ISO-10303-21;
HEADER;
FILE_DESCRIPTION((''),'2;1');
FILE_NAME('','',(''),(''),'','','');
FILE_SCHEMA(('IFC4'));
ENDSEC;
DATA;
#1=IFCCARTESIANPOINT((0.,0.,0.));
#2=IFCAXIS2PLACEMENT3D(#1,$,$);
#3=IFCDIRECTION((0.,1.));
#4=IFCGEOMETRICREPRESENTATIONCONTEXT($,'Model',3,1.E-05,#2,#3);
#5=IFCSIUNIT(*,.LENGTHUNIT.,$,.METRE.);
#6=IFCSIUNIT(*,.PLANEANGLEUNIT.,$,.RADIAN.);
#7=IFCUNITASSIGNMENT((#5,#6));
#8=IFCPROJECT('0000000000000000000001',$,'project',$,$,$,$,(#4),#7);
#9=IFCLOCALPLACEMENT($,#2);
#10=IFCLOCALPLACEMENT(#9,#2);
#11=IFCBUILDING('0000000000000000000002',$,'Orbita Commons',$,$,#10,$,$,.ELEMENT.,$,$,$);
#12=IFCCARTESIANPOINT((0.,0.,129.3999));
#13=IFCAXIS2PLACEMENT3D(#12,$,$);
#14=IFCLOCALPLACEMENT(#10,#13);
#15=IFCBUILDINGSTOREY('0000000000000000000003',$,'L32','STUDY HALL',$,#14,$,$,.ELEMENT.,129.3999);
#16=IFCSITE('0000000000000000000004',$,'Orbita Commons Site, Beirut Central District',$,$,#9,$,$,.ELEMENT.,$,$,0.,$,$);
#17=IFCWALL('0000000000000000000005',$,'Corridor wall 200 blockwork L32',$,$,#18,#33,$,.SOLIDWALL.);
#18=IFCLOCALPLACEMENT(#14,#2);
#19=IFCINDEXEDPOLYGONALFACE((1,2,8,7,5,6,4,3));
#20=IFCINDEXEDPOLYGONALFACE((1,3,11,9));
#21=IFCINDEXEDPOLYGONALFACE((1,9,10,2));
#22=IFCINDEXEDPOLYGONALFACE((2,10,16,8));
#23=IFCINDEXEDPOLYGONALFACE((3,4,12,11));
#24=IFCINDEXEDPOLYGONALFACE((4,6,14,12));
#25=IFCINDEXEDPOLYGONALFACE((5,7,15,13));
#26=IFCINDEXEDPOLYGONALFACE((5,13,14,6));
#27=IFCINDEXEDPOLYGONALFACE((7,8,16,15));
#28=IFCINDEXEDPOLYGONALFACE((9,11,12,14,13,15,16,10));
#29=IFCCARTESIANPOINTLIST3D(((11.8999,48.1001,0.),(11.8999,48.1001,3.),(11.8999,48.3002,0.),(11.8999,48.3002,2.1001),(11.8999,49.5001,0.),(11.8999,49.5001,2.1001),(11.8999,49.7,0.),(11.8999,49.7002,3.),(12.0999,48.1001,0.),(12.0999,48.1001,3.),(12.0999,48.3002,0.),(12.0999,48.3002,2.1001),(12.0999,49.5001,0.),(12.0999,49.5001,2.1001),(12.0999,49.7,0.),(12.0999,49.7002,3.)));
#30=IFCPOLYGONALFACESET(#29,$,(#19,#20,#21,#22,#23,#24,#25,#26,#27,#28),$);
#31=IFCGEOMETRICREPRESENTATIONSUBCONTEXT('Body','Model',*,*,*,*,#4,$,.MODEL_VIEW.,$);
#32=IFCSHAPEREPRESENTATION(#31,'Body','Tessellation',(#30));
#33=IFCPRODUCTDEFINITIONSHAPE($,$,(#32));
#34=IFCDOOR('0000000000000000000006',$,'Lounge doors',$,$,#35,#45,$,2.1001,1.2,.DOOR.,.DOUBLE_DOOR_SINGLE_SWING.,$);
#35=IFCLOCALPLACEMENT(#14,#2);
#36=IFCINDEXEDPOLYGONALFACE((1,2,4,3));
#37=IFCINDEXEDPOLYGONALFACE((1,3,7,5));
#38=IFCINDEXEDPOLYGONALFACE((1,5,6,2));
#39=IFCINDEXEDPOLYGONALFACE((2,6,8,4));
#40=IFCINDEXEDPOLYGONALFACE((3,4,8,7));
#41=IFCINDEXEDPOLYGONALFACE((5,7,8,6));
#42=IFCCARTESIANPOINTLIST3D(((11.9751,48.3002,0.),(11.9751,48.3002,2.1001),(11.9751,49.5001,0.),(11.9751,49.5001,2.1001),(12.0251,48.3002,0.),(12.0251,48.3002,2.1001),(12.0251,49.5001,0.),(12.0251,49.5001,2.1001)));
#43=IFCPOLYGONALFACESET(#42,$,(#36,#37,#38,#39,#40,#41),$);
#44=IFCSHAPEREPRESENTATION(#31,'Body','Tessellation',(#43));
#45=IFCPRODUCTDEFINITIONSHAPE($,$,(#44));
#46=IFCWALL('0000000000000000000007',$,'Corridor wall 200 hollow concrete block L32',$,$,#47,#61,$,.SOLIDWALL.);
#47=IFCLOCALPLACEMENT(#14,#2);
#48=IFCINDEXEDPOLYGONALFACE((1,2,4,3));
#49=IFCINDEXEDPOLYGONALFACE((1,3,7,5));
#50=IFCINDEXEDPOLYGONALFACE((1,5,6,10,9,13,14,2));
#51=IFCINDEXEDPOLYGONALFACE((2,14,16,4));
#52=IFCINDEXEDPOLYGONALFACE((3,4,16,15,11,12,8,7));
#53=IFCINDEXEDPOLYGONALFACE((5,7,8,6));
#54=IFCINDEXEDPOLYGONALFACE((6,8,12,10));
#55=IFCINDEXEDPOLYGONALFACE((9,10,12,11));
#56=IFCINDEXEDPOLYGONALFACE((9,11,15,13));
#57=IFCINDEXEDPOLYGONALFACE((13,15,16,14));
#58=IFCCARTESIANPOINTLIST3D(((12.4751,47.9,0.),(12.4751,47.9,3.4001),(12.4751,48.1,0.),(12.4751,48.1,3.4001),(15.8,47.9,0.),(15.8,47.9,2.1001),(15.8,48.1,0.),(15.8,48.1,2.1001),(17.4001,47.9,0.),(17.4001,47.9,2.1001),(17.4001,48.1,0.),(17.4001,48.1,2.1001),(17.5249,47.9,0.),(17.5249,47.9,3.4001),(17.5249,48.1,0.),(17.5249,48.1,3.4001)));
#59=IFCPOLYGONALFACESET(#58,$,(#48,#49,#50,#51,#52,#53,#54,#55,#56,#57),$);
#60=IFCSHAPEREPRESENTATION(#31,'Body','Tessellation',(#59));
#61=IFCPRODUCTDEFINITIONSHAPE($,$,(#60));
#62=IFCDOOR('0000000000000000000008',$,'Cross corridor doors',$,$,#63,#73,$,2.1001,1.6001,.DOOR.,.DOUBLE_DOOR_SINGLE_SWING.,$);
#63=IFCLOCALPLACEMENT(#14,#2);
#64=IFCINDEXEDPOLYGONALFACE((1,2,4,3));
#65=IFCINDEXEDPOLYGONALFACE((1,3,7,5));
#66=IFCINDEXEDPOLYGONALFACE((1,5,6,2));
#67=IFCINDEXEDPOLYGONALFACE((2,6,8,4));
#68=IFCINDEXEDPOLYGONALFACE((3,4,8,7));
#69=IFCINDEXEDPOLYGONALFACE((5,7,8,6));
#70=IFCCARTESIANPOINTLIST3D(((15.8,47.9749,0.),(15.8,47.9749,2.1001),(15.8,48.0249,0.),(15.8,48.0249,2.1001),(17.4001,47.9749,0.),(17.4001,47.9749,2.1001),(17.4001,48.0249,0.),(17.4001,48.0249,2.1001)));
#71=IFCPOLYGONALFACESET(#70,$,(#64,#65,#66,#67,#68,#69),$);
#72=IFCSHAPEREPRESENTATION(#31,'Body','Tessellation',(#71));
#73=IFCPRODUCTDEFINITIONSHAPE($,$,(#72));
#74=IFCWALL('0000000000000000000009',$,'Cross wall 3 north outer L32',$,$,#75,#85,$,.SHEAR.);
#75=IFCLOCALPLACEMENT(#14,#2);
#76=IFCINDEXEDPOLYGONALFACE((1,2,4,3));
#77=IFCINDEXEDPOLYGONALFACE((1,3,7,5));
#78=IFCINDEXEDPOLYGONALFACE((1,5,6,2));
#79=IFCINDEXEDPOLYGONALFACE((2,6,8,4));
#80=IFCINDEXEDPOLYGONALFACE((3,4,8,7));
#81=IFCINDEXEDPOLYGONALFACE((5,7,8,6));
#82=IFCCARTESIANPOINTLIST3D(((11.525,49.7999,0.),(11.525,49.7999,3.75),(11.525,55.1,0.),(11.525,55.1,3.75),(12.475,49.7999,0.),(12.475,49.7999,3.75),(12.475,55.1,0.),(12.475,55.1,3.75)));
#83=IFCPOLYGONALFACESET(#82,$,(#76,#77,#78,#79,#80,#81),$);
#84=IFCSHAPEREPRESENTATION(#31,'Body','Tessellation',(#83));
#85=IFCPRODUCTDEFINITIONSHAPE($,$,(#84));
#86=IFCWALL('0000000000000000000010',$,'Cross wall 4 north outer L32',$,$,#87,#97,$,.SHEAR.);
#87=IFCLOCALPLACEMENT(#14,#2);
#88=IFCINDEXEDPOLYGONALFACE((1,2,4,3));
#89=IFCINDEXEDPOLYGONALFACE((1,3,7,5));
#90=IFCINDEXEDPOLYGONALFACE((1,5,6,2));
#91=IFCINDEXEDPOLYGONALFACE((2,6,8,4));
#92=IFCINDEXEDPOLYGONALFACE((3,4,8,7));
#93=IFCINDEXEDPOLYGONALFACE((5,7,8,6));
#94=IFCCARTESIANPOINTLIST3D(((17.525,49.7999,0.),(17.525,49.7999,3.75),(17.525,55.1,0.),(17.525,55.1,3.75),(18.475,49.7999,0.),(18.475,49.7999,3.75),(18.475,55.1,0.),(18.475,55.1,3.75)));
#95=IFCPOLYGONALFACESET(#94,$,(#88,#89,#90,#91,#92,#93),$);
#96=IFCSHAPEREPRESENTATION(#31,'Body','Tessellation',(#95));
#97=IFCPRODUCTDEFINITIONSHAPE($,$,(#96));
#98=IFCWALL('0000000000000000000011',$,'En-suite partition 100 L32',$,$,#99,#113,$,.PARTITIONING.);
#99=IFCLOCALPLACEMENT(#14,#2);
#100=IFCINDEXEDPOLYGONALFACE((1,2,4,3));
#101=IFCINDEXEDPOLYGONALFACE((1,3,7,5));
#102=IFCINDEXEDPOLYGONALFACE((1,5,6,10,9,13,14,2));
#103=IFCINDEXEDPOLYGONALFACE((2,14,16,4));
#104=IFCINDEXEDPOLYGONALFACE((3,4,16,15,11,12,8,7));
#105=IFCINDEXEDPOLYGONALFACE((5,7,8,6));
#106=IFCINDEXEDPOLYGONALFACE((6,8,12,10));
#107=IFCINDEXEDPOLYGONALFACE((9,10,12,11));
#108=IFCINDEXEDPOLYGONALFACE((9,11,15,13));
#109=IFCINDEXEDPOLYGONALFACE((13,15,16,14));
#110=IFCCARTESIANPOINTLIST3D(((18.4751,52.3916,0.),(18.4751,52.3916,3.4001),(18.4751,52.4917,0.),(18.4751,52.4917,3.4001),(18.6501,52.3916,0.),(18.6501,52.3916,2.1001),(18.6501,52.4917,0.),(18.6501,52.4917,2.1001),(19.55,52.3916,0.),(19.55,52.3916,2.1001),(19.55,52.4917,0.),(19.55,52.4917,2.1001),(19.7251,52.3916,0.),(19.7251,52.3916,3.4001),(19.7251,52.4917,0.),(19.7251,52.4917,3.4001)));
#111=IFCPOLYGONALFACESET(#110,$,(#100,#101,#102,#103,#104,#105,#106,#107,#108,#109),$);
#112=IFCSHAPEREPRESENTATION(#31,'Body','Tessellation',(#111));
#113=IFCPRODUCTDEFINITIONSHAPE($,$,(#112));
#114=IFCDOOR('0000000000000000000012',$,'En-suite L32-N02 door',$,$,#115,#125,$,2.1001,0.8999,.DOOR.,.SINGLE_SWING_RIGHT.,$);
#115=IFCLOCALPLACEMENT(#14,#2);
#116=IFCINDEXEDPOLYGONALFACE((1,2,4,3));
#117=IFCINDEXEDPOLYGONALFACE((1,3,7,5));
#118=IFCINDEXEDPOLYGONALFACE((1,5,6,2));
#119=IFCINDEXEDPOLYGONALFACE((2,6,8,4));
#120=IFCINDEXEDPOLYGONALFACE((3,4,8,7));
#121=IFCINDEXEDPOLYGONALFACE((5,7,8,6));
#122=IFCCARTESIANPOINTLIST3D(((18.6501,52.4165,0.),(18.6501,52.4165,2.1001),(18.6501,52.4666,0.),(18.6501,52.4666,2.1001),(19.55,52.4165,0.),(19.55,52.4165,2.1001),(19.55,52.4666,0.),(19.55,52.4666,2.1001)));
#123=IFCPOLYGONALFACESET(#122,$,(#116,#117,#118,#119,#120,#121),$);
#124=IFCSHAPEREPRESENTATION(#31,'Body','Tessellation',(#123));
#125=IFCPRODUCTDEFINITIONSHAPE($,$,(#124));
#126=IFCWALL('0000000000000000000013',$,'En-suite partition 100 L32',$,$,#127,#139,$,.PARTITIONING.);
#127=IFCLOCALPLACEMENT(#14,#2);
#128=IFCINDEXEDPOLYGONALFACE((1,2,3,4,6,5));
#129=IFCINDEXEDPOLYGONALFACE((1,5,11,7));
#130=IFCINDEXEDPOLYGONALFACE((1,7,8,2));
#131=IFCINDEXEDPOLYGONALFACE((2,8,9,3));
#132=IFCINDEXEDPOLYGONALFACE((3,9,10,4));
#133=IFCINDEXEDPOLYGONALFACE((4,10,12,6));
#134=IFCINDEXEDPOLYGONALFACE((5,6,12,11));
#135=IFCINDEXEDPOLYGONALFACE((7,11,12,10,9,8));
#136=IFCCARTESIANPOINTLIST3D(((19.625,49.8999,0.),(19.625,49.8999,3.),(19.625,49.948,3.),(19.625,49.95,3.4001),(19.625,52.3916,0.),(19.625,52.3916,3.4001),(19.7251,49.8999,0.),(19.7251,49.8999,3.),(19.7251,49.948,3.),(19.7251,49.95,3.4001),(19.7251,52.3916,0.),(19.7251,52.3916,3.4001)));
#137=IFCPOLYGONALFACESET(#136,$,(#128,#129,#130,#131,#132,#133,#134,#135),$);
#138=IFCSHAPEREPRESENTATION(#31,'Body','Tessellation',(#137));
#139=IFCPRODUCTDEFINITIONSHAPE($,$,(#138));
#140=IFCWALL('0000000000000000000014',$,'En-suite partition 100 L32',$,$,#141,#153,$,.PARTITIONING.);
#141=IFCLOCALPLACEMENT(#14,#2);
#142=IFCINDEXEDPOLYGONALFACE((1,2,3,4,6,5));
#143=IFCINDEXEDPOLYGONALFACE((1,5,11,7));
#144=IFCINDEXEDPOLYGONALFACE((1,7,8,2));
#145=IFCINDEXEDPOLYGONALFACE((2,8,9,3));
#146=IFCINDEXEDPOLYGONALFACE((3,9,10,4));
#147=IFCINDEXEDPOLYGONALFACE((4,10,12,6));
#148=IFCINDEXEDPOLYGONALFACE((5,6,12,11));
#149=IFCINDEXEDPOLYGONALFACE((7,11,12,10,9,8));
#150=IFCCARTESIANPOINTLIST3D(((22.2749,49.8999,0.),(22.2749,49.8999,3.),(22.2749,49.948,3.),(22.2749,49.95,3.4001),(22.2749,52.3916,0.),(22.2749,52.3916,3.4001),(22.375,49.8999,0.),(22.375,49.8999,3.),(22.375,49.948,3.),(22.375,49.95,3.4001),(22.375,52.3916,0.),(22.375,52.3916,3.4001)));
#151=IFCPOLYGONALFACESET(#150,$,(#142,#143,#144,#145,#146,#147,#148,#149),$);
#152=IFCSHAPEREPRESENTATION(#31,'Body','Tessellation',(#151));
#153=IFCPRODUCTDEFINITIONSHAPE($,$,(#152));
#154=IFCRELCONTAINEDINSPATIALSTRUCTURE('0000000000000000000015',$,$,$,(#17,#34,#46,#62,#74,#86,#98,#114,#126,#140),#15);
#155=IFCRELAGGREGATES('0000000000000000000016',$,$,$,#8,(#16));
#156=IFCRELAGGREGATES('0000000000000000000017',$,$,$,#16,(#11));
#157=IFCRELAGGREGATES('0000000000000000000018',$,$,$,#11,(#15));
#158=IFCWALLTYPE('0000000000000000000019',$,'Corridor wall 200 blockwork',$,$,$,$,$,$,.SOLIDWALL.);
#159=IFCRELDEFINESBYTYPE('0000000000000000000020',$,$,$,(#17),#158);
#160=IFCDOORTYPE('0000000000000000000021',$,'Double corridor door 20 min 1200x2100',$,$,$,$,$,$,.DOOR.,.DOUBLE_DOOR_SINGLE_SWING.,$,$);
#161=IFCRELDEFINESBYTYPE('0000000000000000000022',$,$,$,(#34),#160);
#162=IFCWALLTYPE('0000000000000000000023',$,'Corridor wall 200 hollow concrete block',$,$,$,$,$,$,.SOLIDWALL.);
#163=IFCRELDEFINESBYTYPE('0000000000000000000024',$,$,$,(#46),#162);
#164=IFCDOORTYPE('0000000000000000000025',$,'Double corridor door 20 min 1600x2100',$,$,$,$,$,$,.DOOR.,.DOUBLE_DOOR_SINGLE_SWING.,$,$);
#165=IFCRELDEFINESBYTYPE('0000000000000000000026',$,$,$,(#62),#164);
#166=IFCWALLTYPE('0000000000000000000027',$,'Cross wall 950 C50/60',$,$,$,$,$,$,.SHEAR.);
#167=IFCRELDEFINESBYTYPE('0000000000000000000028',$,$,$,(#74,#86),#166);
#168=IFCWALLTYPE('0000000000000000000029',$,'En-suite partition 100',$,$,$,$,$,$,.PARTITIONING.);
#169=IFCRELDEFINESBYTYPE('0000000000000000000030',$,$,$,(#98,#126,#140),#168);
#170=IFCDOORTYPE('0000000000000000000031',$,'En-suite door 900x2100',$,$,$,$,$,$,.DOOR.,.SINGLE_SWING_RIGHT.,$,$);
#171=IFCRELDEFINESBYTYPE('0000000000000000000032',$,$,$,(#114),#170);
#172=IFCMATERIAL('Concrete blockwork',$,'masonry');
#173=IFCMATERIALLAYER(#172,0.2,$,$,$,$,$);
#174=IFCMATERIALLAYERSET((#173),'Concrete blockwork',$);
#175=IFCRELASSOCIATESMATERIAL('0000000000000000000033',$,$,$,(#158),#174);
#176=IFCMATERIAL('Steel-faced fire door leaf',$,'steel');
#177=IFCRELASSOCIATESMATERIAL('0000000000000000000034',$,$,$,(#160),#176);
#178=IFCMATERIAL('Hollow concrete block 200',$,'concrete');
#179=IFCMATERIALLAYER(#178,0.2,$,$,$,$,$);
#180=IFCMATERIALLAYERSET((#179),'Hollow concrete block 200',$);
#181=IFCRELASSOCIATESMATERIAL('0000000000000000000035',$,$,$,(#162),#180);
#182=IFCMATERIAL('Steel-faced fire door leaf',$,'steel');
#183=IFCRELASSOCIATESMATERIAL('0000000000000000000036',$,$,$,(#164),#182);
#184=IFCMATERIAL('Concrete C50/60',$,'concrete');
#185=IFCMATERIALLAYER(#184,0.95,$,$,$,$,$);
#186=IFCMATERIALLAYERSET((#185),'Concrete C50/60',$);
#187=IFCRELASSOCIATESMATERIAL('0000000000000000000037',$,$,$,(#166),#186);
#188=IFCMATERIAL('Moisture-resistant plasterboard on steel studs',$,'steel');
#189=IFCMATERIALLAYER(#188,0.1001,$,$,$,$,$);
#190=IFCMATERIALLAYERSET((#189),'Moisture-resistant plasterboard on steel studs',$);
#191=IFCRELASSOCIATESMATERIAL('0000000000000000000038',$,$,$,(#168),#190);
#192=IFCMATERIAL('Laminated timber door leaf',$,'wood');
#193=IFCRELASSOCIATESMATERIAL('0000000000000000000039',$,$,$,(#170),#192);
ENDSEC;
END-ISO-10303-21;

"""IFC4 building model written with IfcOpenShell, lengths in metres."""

from ifc_helpers import new_model, si_unit, direction, frame, frame_2d, origin, place, context, subcontext, project, spatial, polyline, rectangle, outline, extrude, material, layer, layer_set, type_object, element, fill, save


model = new_model("IFC4")

# Units and contexts
model_context = context("Model", 3, precision=1e-05, world=origin(), true_north=direction((0.0, 1.0)))
body_context = subcontext(model_context, "Body", "Model", "MODEL_VIEW")
ifc_project = project(units=[si_unit("LENGTHUNIT", "METRE"), si_unit("PLANEANGLEUNIT", "RADIAN")], contexts=[model_context])

# Site, building, storey
site_placement = place(None, origin())
site = spatial("IfcSite", under=ifc_project, at=site_placement, Name="Orbita Commons Site, Beirut Central District", CompositionType="ELEMENT", RefElevation=0.0)
building_placement = place(site_placement, origin())
building = spatial("IfcBuilding", under=site, at=building_placement, Name="Orbita Commons", CompositionType="ELEMENT")
storey_placement = place(building_placement, frame((0.0, 0.0, 129.3999)))
storey = spatial("IfcBuildingStorey", under=building, at=storey_placement, Name="L32", Description="STUDY HALL", CompositionType="ELEMENT", Elevation=129.3999)

# Shared definitions
ifc_material_1 = material(Name="Concrete blockwork", Category="masonry")
ifc_layer_1 = layer(ifc_material_1, 0.2)
ifc_layer_set_1 = layer_set([ifc_layer_1], Name="Concrete blockwork")
wall_type_1 = type_object("IfcWallType", Name="Corridor wall 200 blockwork", PredefinedType="SOLIDWALL", material=ifc_layer_set_1)

# Walls, openings, doors
wall_1_placement = place(storey_placement, frame((12.0, 48.1001, 0.0), z_axis=(0.0, 0.0, 1.0), x_axis=(0.0, 1.0, 0.0)))
wall_1 = element("IfcWall", 1, at=wall_1_placement, inside=storey, type_object=wall_type_1, Name="Corridor wall 200 blockwork L32", PredefinedType="SOLIDWALL", context=body_context, shape_type="SweptSolid", body=[
    extrude(outline(polyline([(0.0, 0.0), (1.5999, 0.0), (1.6001, 3.0), (0.0, 3.0), (0.0, 0.0)])), frame((0.0, 0.1001, 0.0), z_axis=(0.0, -1.0, 0.0), x_axis=(1.0, 0.0, 0.0)), (0.0, 0.0, 1.0), 0.2),
])
opening_1_placement = place(wall_1_placement, frame((0.2, 0.0, 0.0)))
opening_1 = element("IfcOpeningElement", 2, at=opening_1_placement, cuts=wall_1, PredefinedType="OPENING", context=body_context, shape_type="SweptSolid", body=[
    extrude(rectangle(XDim=1.2, YDim=2.1001, at=frame_2d((0.6001, 1.05))), frame((0.0, 0.1099, 0.0), z_axis=(0.0, -1.0, 0.0), x_axis=(1.0, 0.0, 0.0)), (0.0, 0.0, 1.0), 0.22),
])
ifc_material_2 = material(Name="Steel-faced fire door leaf", Category="steel")
door_type_1 = type_object("IfcDoorType", Name="Double corridor door 20 min 1200x2100", OperationType="DOUBLE_DOOR_SINGLE_SWING", PredefinedType="DOOR", material=ifc_material_2)
door_1_placement = place(opening_1_placement, origin())
door_1 = element("IfcDoor", 3, at=door_1_placement, inside=storey, type_object=door_type_1, Name="Lounge doors", OperationType="DOUBLE_DOOR_SINGLE_SWING", OverallHeight=2.1001, OverallWidth=1.2, PredefinedType="DOOR", context=body_context, shape_type="SweptSolid", body=[
    extrude(rectangle(XDim=1.2, YDim=2.1001, at=frame_2d((0.6001, 1.05))), frame((0.0, 0.0249, 0.0), z_axis=(0.0, -1.0, 0.0), x_axis=(1.0, 0.0, 0.0)), (0.0, 0.0, 1.0), 0.05),
])
fill(opening_1, door_1)
ifc_material_3 = material(Name="Hollow concrete block 200", Category="concrete")
ifc_layer_2 = layer(ifc_material_3, 0.2)
ifc_layer_set_2 = layer_set([ifc_layer_2], Name="Hollow concrete block 200")
wall_type_2 = type_object("IfcWallType", Name="Corridor wall 200 hollow concrete block", PredefinedType="SOLIDWALL", material=ifc_layer_set_2)
wall_2_placement = place(storey_placement, frame((12.4751, 48.0, 0.0), z_axis=(0.0, 0.0, 1.0), x_axis=(1.0, 0.0, 0.0)))
wall_2 = element("IfcWall", 4, at=wall_2_placement, inside=storey, type_object=wall_type_2, Name="Corridor wall 200 hollow concrete block L32", PredefinedType="SOLIDWALL", context=body_context, shape_type="SweptSolid", body=[
    extrude(rectangle(XDim=5.0498, YDim=0.2, at=frame_2d((2.5249, 0.0))), origin(), (0.0, 0.0, 1.0), 3.4001),
])
opening_2_placement = place(wall_2_placement, frame((3.325, 0.0, 0.0)))
opening_2 = element("IfcOpeningElement", 5, at=opening_2_placement, cuts=wall_2, PredefinedType="OPENING", context=body_context, shape_type="SweptSolid", body=[
    extrude(rectangle(XDim=1.6001, YDim=2.1001, at=frame_2d((0.8, 1.05))), frame((0.0, 0.1099, 0.0), z_axis=(0.0, -1.0, 0.0), x_axis=(1.0, 0.0, 0.0)), (0.0, 0.0, 1.0), 0.22),
])
ifc_material_4 = material(Name="Steel-faced fire door leaf", Category="steel")
door_type_2 = type_object("IfcDoorType", Name="Double corridor door 20 min 1600x2100", OperationType="DOUBLE_DOOR_SINGLE_SWING", PredefinedType="DOOR", material=ifc_material_4)
door_2_placement = place(opening_2_placement, origin())
door_2 = element("IfcDoor", 6, at=door_2_placement, inside=storey, type_object=door_type_2, Name="Cross corridor doors", OperationType="DOUBLE_DOOR_SINGLE_SWING", OverallHeight=2.1001, OverallWidth=1.6001, PredefinedType="DOOR", context=body_context, shape_type="SweptSolid", body=[
    extrude(rectangle(XDim=1.6001, YDim=2.1001, at=frame_2d((0.8, 1.05))), frame((0.0, 0.0249, 0.0), z_axis=(0.0, -1.0, 0.0), x_axis=(1.0, 0.0, 0.0)), (0.0, 0.0, 1.0), 0.05),
])
fill(opening_2, door_2)

# Walls
ifc_material_5 = material(Name="Concrete C50/60", Category="concrete")
ifc_layer_3 = layer(ifc_material_5, 0.95)
ifc_layer_set_3 = layer_set([ifc_layer_3], Name="Concrete C50/60")
wall_type_3 = type_object("IfcWallType", Name="Cross wall 950 C50/60", PredefinedType="SHEAR", material=ifc_layer_set_3)
for number, where, z_axis, x_axis, name in (
    (7, (12.0, 49.8, 0.0), (0.0, 0.0, 1.0), (0.0, 1.0, 0.0), "Cross wall 3 north outer L32"),
    (8, (18.0, 49.8, 0.0), (0.0, 0.0, 1.0), (0.0, 1.0, 0.0), "Cross wall 4 north outer L32"),
):
    element("IfcWall", number, at=place(storey_placement, frame(where, z_axis=z_axis, x_axis=x_axis)), inside=storey, type_object=wall_type_3, Name=name, PredefinedType="SHEAR", context=body_context, shape_type="SweptSolid", body=[
        extrude(rectangle(XDim=5.3, YDim=0.95, at=frame_2d((2.6499, 0.0))), origin(), (0.0, 0.0, 1.0), 3.75),
    ])

# Wall, opening, door
ifc_material_6 = material(Name="Moisture-resistant plasterboard on steel studs", Category="steel")
ifc_layer_4 = layer(ifc_material_6, 0.1001)
ifc_layer_set_4 = layer_set([ifc_layer_4], Name="Moisture-resistant plasterboard on steel studs")
wall_type_4 = type_object("IfcWallType", Name="En-suite partition 100", PredefinedType="PARTITIONING", material=ifc_layer_set_4)
wall_3_placement = place(storey_placement, frame((18.4751, 52.4417, 0.0), z_axis=(0.0, 0.0, 1.0), x_axis=(1.0, 0.0, 0.0)))
wall_3 = element("IfcWall", 9, at=wall_3_placement, inside=storey, type_object=wall_type_4, Name="En-suite partition 100 L32", PredefinedType="PARTITIONING", context=body_context, shape_type="SweptSolid", body=[
    extrude(rectangle(XDim=1.25, YDim=0.1001, at=frame_2d((0.625, 0.0))), origin(), (0.0, 0.0, 1.0), 3.4001),
])
opening_3_placement = place(wall_3_placement, frame((0.175, 0.0, 0.0)))
opening_3 = element("IfcOpeningElement", 10, at=opening_3_placement, cuts=wall_3, PredefinedType="OPENING", context=body_context, shape_type="SweptSolid", body=[
    extrude(rectangle(XDim=0.8999, YDim=2.1001, at=frame_2d((0.45, 1.05))), frame((0.0, 0.0601, 0.0), z_axis=(0.0, -1.0, 0.0), x_axis=(1.0, 0.0, 0.0)), (0.0, 0.0, 1.0), 0.1201),
])
ifc_material_7 = material(Name="Laminated timber door leaf", Category="wood")
door_type_3 = type_object("IfcDoorType", Name="En-suite door 900x2100", OperationType="SINGLE_SWING_RIGHT", PredefinedType="DOOR", material=ifc_material_7)
door_3_placement = place(opening_3_placement, origin())
door_3 = element("IfcDoor", 11, at=door_3_placement, inside=storey, type_object=door_type_3, Name="En-suite L32-N02 door", OperationType="SINGLE_SWING_RIGHT", OverallHeight=2.1001, OverallWidth=0.8999, PredefinedType="DOOR", context=body_context, shape_type="SweptSolid", body=[
    extrude(rectangle(XDim=0.8999, YDim=2.1001, at=frame_2d((0.45, 1.05))), frame((0.0, 0.0249, 0.0), z_axis=(0.0, -1.0, 0.0), x_axis=(1.0, 0.0, 0.0)), (0.0, 0.0, 1.0), 0.05),
])
fill(opening_3, door_3)

# Walls
for number, where, z_axis, x_axis, name in (
    (12, (19.675, 52.3916, 0.0), (0.0, 0.0, 1.0), (0.0, -1.0, 0.0), "En-suite partition 100 L32"),
    (13, (22.325, 52.3916, 0.0), (0.0, 0.0, 1.0), (0.0, -1.0, 0.0), "En-suite partition 100 L32"),
):
    element("IfcWall", number, at=place(storey_placement, frame(where, z_axis=z_axis, x_axis=x_axis)), inside=storey, type_object=wall_type_4, Name=name, PredefinedType="PARTITIONING", context=body_context, shape_type="SweptSolid", body=[
        extrude(outline(polyline([(0.0, 0.0), (2.4917, 0.0), (2.4917, 3.0), (2.4436, 3.0), (2.4417, 3.4001), (0.0, 3.4001), (0.0, 0.0)])), frame((0.0, 0.05, 0.0), z_axis=(0.0, -1.0, 0.0), x_axis=(1.0, 0.0, 0.0)), (0.0, 0.0, 1.0), 0.1001),
    ])

save(model, "model.ifc")
